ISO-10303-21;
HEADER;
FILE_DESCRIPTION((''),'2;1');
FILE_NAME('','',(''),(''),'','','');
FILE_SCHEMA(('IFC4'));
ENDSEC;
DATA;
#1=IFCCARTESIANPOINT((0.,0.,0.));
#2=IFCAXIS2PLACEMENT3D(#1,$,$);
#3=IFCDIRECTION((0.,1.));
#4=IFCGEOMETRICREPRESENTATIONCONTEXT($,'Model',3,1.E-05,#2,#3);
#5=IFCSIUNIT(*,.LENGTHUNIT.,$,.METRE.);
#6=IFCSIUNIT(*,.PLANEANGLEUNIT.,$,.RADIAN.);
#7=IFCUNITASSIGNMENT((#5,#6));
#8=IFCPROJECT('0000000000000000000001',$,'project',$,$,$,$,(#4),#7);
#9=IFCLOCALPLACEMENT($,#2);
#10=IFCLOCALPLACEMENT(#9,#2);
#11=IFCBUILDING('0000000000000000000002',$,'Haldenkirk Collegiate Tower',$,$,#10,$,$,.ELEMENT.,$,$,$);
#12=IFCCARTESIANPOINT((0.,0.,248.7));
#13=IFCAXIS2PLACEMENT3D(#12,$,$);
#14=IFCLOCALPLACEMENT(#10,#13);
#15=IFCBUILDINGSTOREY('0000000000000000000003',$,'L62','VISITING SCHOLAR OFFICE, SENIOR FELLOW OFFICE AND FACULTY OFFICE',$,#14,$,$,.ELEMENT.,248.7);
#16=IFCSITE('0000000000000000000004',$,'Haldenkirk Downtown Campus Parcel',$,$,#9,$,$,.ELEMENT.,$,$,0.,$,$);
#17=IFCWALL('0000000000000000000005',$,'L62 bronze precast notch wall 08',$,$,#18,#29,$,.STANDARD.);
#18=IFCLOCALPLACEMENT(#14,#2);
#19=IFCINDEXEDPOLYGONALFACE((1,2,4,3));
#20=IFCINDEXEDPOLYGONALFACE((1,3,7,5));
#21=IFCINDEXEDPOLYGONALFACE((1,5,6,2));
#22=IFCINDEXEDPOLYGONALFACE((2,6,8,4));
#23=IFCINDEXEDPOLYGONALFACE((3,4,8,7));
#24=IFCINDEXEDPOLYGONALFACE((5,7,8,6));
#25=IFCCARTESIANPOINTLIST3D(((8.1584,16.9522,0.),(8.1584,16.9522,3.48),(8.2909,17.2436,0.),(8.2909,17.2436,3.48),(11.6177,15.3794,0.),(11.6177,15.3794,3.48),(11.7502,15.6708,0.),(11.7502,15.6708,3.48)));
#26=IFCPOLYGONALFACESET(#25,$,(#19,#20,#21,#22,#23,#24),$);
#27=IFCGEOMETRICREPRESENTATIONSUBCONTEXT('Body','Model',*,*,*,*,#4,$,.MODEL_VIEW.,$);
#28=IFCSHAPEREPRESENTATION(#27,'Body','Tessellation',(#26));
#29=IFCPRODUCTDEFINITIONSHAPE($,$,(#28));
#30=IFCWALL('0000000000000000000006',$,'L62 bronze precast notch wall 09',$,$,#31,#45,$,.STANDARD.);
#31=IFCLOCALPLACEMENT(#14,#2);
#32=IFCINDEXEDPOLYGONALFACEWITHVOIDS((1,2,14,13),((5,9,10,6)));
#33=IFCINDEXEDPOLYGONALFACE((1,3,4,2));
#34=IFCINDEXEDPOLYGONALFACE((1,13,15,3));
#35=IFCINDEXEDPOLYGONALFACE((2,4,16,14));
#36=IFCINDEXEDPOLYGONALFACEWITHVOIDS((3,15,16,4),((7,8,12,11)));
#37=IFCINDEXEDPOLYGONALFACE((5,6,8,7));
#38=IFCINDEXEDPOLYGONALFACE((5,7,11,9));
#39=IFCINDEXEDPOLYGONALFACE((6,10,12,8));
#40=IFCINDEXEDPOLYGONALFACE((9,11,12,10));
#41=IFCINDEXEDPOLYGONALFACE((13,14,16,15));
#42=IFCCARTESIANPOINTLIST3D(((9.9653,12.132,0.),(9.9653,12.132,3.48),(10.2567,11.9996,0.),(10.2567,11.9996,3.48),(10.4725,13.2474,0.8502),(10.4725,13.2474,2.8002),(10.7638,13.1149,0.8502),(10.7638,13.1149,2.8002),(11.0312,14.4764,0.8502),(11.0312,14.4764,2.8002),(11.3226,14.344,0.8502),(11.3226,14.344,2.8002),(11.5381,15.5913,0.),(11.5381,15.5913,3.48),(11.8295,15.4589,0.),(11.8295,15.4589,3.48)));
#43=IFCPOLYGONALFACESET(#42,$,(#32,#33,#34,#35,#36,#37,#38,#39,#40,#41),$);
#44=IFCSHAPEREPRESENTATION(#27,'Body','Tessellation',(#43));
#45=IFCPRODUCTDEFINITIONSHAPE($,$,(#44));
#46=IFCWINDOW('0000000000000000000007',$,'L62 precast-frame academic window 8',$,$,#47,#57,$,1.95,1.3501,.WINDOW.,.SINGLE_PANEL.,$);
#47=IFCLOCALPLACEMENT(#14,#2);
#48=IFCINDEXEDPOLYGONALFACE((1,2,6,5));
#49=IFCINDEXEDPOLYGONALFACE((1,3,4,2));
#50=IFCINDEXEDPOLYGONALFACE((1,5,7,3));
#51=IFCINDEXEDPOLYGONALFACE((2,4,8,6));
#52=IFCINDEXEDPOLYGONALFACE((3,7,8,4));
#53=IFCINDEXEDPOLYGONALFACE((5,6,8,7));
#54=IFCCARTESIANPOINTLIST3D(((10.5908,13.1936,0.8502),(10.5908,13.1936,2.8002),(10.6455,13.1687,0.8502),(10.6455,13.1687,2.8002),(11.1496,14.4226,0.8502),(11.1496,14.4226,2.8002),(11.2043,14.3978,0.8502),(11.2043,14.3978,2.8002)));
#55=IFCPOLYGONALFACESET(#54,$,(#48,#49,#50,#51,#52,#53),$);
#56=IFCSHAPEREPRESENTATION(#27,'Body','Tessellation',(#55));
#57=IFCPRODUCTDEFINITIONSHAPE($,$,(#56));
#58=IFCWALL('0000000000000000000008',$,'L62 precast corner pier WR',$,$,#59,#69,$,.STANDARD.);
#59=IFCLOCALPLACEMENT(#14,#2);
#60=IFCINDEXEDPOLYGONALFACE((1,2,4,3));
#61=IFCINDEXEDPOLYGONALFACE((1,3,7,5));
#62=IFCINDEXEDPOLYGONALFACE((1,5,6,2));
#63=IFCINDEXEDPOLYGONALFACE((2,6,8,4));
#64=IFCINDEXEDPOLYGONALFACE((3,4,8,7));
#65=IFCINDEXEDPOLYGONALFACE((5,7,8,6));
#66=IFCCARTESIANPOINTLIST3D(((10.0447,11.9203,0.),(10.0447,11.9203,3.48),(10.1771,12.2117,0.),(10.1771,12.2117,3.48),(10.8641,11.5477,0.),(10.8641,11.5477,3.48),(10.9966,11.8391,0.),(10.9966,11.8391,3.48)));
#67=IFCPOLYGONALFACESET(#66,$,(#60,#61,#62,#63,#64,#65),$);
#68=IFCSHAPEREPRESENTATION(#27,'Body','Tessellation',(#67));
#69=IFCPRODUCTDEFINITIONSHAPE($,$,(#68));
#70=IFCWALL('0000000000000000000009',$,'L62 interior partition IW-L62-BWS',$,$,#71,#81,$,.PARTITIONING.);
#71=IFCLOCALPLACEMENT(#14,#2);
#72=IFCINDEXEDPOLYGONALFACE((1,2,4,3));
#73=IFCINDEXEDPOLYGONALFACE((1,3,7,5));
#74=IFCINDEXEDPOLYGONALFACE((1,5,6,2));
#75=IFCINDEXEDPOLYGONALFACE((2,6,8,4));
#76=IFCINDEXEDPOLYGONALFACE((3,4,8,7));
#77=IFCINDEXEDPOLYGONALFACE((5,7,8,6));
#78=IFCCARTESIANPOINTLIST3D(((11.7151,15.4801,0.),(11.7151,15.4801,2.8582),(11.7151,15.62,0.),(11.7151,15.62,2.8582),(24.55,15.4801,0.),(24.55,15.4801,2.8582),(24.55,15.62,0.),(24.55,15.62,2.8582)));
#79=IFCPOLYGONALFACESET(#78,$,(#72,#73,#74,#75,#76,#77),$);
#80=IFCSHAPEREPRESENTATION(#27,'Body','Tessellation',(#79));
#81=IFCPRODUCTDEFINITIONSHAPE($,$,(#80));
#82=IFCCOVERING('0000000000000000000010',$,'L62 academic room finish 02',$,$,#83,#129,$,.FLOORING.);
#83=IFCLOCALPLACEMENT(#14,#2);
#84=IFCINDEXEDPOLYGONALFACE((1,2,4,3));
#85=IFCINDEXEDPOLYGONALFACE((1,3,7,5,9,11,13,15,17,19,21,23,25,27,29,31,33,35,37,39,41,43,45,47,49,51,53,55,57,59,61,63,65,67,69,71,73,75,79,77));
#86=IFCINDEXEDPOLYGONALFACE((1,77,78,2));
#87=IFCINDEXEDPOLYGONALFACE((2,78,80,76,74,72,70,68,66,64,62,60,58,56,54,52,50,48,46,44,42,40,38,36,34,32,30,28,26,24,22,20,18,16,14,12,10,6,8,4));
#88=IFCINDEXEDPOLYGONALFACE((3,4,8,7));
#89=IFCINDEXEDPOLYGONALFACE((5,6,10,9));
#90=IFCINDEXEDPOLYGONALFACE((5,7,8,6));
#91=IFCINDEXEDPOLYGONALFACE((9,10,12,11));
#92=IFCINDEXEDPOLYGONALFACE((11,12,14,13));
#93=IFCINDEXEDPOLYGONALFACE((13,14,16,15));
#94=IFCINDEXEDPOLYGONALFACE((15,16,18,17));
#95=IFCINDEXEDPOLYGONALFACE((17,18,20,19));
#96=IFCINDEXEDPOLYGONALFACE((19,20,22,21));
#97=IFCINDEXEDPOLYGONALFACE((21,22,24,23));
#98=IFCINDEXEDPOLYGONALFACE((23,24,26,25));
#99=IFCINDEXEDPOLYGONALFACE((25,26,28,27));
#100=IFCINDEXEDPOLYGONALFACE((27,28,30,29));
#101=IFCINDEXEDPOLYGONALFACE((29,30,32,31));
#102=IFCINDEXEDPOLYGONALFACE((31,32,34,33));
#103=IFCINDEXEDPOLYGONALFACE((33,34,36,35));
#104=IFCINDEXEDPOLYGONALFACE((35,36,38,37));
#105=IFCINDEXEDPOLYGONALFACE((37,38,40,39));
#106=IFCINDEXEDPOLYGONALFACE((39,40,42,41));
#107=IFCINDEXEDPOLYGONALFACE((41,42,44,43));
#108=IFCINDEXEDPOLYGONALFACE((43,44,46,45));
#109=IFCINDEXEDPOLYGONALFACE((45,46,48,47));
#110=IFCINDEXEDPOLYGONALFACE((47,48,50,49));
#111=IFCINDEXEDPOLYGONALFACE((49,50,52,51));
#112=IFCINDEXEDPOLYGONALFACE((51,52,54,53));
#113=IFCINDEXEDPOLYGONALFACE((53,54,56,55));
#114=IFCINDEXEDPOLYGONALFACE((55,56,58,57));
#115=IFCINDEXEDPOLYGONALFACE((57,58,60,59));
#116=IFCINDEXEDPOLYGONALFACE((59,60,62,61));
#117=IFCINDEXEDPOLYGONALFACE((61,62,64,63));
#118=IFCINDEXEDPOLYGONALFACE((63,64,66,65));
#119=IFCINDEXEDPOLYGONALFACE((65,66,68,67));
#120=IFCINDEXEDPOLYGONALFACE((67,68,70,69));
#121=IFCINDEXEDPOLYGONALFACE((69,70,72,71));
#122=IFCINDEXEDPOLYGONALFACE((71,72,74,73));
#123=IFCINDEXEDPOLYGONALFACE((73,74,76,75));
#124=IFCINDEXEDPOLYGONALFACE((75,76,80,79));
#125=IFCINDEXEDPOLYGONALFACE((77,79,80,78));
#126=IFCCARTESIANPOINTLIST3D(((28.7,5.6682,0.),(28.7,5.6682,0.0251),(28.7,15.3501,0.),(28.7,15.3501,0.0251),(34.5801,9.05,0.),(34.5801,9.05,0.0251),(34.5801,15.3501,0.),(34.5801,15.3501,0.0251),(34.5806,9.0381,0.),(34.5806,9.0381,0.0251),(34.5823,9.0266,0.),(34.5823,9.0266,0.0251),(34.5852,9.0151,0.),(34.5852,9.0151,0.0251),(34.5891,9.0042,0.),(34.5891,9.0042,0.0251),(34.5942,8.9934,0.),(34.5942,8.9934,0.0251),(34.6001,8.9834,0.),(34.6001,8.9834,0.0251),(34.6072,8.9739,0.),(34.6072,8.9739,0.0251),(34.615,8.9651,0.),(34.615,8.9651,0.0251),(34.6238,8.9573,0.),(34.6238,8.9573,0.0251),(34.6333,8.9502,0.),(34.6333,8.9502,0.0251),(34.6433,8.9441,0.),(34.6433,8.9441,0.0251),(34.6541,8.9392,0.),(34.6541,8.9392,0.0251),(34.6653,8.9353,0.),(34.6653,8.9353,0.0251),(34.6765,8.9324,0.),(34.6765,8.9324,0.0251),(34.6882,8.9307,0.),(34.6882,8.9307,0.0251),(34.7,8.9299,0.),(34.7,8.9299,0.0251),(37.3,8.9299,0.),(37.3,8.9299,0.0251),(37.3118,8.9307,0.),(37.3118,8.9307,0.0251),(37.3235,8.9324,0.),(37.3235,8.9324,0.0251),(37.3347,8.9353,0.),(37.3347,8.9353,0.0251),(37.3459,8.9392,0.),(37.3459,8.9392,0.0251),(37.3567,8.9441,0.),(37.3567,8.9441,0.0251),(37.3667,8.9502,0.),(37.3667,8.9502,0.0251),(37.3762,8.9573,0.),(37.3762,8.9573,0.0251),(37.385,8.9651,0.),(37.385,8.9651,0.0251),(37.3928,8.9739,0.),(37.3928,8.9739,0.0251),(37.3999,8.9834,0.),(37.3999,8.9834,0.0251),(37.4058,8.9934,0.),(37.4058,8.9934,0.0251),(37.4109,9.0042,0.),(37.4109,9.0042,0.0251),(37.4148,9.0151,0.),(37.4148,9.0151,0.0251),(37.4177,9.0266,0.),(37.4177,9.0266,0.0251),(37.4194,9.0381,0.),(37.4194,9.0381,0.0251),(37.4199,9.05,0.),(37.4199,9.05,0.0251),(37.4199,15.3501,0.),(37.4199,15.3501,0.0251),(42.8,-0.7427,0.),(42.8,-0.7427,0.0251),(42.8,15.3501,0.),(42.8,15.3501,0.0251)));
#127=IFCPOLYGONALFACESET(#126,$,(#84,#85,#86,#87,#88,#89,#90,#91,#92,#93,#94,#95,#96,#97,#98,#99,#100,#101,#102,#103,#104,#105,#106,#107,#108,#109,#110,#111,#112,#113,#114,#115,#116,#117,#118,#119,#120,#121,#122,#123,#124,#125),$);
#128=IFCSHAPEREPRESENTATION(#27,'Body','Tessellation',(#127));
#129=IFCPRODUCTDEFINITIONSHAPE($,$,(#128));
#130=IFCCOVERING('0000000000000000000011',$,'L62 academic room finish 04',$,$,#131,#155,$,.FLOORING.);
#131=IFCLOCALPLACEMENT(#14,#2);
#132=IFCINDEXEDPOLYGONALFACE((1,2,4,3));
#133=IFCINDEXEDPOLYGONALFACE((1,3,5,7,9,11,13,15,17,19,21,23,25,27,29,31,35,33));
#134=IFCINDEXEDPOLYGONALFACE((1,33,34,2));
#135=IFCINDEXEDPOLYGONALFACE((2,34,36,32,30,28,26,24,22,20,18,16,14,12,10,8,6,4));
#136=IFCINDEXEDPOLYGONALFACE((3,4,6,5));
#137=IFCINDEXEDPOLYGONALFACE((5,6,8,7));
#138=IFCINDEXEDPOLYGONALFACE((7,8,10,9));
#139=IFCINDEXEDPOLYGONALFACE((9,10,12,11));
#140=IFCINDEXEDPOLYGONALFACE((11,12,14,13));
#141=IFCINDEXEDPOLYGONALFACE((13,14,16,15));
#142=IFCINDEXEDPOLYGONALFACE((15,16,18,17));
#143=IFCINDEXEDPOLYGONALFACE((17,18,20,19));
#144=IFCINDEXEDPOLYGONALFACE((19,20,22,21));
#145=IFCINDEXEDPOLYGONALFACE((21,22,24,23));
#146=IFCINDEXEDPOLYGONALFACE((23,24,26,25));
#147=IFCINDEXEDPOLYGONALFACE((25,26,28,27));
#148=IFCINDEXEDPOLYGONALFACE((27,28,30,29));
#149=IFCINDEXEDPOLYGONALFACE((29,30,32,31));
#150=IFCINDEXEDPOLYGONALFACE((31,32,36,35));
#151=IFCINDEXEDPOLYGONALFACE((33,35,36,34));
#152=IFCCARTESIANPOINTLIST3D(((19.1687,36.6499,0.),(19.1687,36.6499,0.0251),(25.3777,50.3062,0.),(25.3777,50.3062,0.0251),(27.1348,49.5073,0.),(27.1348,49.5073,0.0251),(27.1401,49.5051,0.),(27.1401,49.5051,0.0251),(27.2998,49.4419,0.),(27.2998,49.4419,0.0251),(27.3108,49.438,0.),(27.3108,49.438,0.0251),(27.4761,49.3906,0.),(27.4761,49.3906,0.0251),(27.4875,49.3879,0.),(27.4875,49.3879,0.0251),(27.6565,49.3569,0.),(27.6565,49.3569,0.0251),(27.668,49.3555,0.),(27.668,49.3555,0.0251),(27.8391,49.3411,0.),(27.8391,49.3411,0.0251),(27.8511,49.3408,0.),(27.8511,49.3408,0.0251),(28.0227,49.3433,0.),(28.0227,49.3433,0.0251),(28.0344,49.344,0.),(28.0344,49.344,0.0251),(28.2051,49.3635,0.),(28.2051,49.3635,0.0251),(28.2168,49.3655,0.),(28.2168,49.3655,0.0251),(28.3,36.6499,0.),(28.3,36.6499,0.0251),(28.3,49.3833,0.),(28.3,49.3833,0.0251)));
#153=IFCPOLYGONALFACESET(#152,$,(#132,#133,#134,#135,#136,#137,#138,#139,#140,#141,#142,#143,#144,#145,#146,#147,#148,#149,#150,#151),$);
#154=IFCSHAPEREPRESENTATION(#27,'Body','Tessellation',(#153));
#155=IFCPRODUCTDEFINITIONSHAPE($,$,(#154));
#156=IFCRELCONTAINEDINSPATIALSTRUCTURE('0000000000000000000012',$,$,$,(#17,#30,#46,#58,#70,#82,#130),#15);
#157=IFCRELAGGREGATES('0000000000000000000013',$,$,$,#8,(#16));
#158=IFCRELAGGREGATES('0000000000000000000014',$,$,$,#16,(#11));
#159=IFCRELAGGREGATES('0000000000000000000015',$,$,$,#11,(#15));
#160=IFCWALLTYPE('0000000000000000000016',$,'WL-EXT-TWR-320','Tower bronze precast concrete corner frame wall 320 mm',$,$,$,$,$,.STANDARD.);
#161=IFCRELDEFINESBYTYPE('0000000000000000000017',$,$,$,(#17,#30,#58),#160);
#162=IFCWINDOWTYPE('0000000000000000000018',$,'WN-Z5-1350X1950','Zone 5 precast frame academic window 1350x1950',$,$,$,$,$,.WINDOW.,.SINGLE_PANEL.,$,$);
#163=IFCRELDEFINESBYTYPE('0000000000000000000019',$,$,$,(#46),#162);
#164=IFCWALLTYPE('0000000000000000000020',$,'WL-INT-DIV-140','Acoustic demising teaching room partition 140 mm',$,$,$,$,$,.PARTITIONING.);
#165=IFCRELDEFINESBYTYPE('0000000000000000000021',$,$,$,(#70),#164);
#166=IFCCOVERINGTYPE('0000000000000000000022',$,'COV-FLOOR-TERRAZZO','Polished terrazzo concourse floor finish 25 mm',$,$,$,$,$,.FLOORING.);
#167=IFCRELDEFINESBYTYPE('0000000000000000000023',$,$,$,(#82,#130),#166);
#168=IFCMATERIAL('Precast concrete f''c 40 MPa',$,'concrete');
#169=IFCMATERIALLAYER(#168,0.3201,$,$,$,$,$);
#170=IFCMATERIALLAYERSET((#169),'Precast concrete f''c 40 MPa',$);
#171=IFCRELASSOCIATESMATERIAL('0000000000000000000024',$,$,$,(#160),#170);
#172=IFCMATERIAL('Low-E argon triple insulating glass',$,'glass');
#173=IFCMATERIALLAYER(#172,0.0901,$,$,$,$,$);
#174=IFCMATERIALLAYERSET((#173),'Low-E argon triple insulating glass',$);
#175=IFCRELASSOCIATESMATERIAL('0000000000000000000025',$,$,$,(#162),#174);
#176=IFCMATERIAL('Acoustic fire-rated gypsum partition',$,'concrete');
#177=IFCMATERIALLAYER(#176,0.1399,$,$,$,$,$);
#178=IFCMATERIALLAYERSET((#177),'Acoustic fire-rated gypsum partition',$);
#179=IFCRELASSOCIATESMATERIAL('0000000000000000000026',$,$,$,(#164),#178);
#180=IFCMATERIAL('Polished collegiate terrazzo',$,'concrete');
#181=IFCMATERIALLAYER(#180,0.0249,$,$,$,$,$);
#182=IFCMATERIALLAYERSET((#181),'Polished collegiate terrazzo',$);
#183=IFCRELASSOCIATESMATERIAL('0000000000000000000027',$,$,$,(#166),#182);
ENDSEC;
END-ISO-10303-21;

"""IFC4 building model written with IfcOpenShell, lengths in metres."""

from ifc_helpers import new_model, si_unit, direction, frame, frame_2d, origin, place, context, subcontext, project, spatial, polyline, rectangle, outline, extrude, material, layer, layer_set, type_object, element, fill, save


model = new_model("IFC4")

# Units and contexts
model_context = context("Model", 3, precision=1e-05, world=origin(), true_north=direction((0.0, 1.0)))
body_context = subcontext(model_context, "Body", "Model", "MODEL_VIEW")
ifc_project = project(units=[si_unit("LENGTHUNIT", "METRE"), si_unit("PLANEANGLEUNIT", "RADIAN")], contexts=[model_context])

# Site, building, storey
site_placement = place(None, origin())
site = spatial("IfcSite", under=ifc_project, at=site_placement, Name="Haldenkirk Downtown Campus Parcel", CompositionType="ELEMENT", RefElevation=0.0)
building_placement = place(site_placement, origin())
building = spatial("IfcBuilding", under=site, at=building_placement, Name="Haldenkirk Collegiate Tower", CompositionType="ELEMENT")
storey_placement = place(building_placement, frame((0.0, 0.0, 248.7)))
storey = spatial("IfcBuildingStorey", under=building, at=storey_placement, Name="L62", Description="VISITING SCHOLAR OFFICE, SENIOR FELLOW OFFICE AND FACULTY OFFICE", CompositionType="ELEMENT", Elevation=248.7)

# Wall
ifc_material_1 = material(Name="Precast concrete f'c 40 MPa", Category="concrete")
ifc_layer_1 = layer(ifc_material_1, 0.3201)
ifc_layer_set_1 = layer_set([ifc_layer_1], Name="Precast concrete f'c 40 MPa")
wall_type_1 = type_object("IfcWallType", Name="WL-EXT-TWR-320", Description="Tower bronze precast concrete corner frame wall 320 mm", PredefinedType="STANDARD", material=ifc_layer_set_1)
wall_1_placement = place(storey_placement, frame((11.6838, 15.5251, 0.0), z_axis=(0.0, 0.0, 1.0), x_axis=(-0.910329, 0.413885, 0.0)))
element("IfcWall", 1, at=wall_1_placement, inside=storey, type_object=wall_type_1, Name="L62 bronze precast notch wall 08", PredefinedType="STANDARD", context=body_context, shape_type="SweptSolid", body=[
    extrude(rectangle(XDim=3.8, YDim=0.3201, at=frame_2d((1.8999, 0.0))), origin(), (0.0, 0.0, 1.0), 3.48),
])

# Wall, opening, window
wall_2_placement = place(storey_placement, frame((10.1111, 12.0659, 0.0), z_axis=(0.0, 0.0, 1.0), x_axis=(0.413885, 0.910329, 0.0)))
wall_2 = element("IfcWall", 2, at=wall_2_placement, inside=storey, type_object=wall_type_1, Name="L62 bronze precast notch wall 09", PredefinedType="STANDARD", context=body_context, shape_type="SweptSolid", body=[
    extrude(rectangle(XDim=3.8, YDim=0.3201, at=frame_2d((1.8999, 0.0))), origin(), (0.0, 0.0, 1.0), 3.48),
])
opening_placement = place(wall_2_placement, frame((1.2251, 0.0, 0.8501)))
opening = element("IfcOpeningElement", 3, at=opening_placement, cuts=wall_2, PredefinedType="OPENING", context=body_context, shape_type="SweptSolid", body=[
    extrude(rectangle(XDim=1.3501, YDim=1.95, at=frame_2d((0.675, 0.9751))), frame((0.0, 0.1699, 0.0), z_axis=(0.0, -1.0, 0.0), x_axis=(1.0, 0.0, 0.0)), (0.0, 0.0, 1.0), 0.3401),
])
ifc_material_2 = material(Name="Low-E argon triple insulating glass", Category="glass")
ifc_layer_2 = layer(ifc_material_2, 0.0901)
ifc_layer_set_2 = layer_set([ifc_layer_2], Name="Low-E argon triple insulating glass")
window_type = type_object("IfcWindowType", Name="WN-Z5-1350X1950", Description="Zone 5 precast frame academic window 1350x1950", PartitioningType="SINGLE_PANEL", PredefinedType="WINDOW", material=ifc_layer_set_2)
window_placement = place(opening_placement, origin())
window = element("IfcWindow", 4, at=window_placement, inside=storey, type_object=window_type, Name="L62 precast-frame academic window 8", OverallHeight=1.95, OverallWidth=1.3501, PartitioningType="SINGLE_PANEL", PredefinedType="WINDOW", context=body_context, shape_type="SweptSolid", body=[
    extrude(rectangle(XDim=1.3501, YDim=1.95, at=frame_2d((0.675, 0.9751))), frame((0.0, 0.03, 0.0), z_axis=(0.0, -1.0, 0.0), x_axis=(1.0, 0.0, 0.0)), (0.0, 0.0, 1.0), 0.0601),
])
fill(opening, window)

# Walls
wall_3_placement = place(storey_placement, frame((10.9304, 11.6934, 0.0), z_axis=(0.0, 0.0, 1.0), x_axis=(-0.910311, 0.413926, 0.0)))
element("IfcWall", 5, at=wall_3_placement, inside=storey, type_object=wall_type_1, Name="L62 precast corner pier WR", PredefinedType="STANDARD", context=body_context, shape_type="SweptSolid", body=[
    extrude(rectangle(XDim=0.9001, YDim=0.3201, at=frame_2d((0.4502, 0.0))), origin(), (0.0, 0.0, 1.0), 3.48),
])
ifc_material_3 = material(Name="Acoustic fire-rated gypsum partition", Category="concrete")
ifc_layer_3 = layer(ifc_material_3, 0.1399)
ifc_layer_set_3 = layer_set([ifc_layer_3], Name="Acoustic fire-rated gypsum partition")
wall_type_2 = type_object("IfcWallType", Name="WL-INT-DIV-140", Description="Acoustic demising teaching room partition 140 mm", PredefinedType="PARTITIONING", material=ifc_layer_set_3)
wall_4_placement = place(storey_placement, frame((11.7151, 15.55, 0.0), z_axis=(0.0, 0.0, 1.0), x_axis=(1.0, 0.0, 0.0)))
element("IfcWall", 6, at=wall_4_placement, inside=storey, type_object=wall_type_2, Name="L62 interior partition IW-L62-BWS", PredefinedType="PARTITIONING", context=body_context, shape_type="SweptSolid", body=[
    extrude(rectangle(XDim=12.835, YDim=0.1399, at=frame_2d((6.4175, 0.0))), origin(), (0.0, 0.0, 1.0), 2.8582),
])

# Coverings
ifc_material_4 = material(Name="Polished collegiate terrazzo", Category="concrete")
ifc_layer_4 = layer(ifc_material_4, 0.0249)
ifc_layer_set_4 = layer_set([ifc_layer_4], Name="Polished collegiate terrazzo")
covering_type_1 = type_object("IfcCoveringType", Name="COV-FLOOR-TERRAZZO", Description="Polished terrazzo concourse floor finish 25 mm", PredefinedType="FLOORING", material=ifc_layer_set_4)
covering_1_placement = place(storey_placement, origin())
element("IfcCovering", 7, at=covering_1_placement, inside=storey, type_object=covering_type_1, Name="L62 academic room finish 02", PredefinedType="FLOORING", context=body_context, shape_type="SweptSolid", body=[
    extrude(outline(polyline([(28.7, 5.6682), (28.7, 15.3501), (34.5801, 15.3501), (34.5801, 9.05), (34.5806, 9.0381), (34.5823, 9.0266), (34.5852, 9.0151), (34.5891, 9.0042), (34.5942, 8.9934), (34.6001, 8.9834), (34.6072, 8.9739), (34.615, 8.9651), (34.6238, 8.9573), (34.6333, 8.9502), (34.6433, 8.9441), (34.6541, 8.9392), (34.6653, 8.9353), (34.6765, 8.9324), (34.6882, 8.9307), (34.7, 8.9299), (37.3, 8.9299), (37.3118, 8.9307), (37.3235, 8.9324), (37.3347, 8.9353), (37.3459, 8.9392), (37.3567, 8.9441), (37.3667, 8.9502), (37.3762, 8.9573), (37.385, 8.9651), (37.3928, 8.9739), (37.3999, 8.9834), (37.4058, 8.9934), (37.4109, 9.0042), (37.4148, 9.0151), (37.4177, 9.0266), (37.4194, 9.0381), (37.4199, 9.05), (37.4199, 15.3501), (42.8, 15.3501), (42.8, -0.7427), (28.7, 5.6682)])), origin(), (0.0, 0.0, 1.0), 0.0251),
])
covering_2_placement = place(storey_placement, origin())
element("IfcCovering", 8, at=covering_2_placement, inside=storey, type_object=covering_type_1, Name="L62 academic room finish 04", PredefinedType="FLOORING", context=body_context, shape_type="SweptSolid", body=[
    extrude(outline(polyline([(27.1348, 49.5073), (27.1401, 49.5051), (27.2998, 49.4419), (27.3108, 49.438), (27.4761, 49.3906), (27.4875, 49.3879), (27.6565, 49.3569), (27.668, 49.3555), (27.8391, 49.3411), (27.8511, 49.3408), (28.0227, 49.3433), (28.0344, 49.344), (28.2051, 49.3635), (28.2168, 49.3655), (28.3, 49.3833), (28.3, 36.6499), (19.1687, 36.6499), (25.3777, 50.3062), (27.1348, 49.5073)])), origin(), (0.0, 0.0, 1.0), 0.0251),
])

save(model, "model.ifc")
